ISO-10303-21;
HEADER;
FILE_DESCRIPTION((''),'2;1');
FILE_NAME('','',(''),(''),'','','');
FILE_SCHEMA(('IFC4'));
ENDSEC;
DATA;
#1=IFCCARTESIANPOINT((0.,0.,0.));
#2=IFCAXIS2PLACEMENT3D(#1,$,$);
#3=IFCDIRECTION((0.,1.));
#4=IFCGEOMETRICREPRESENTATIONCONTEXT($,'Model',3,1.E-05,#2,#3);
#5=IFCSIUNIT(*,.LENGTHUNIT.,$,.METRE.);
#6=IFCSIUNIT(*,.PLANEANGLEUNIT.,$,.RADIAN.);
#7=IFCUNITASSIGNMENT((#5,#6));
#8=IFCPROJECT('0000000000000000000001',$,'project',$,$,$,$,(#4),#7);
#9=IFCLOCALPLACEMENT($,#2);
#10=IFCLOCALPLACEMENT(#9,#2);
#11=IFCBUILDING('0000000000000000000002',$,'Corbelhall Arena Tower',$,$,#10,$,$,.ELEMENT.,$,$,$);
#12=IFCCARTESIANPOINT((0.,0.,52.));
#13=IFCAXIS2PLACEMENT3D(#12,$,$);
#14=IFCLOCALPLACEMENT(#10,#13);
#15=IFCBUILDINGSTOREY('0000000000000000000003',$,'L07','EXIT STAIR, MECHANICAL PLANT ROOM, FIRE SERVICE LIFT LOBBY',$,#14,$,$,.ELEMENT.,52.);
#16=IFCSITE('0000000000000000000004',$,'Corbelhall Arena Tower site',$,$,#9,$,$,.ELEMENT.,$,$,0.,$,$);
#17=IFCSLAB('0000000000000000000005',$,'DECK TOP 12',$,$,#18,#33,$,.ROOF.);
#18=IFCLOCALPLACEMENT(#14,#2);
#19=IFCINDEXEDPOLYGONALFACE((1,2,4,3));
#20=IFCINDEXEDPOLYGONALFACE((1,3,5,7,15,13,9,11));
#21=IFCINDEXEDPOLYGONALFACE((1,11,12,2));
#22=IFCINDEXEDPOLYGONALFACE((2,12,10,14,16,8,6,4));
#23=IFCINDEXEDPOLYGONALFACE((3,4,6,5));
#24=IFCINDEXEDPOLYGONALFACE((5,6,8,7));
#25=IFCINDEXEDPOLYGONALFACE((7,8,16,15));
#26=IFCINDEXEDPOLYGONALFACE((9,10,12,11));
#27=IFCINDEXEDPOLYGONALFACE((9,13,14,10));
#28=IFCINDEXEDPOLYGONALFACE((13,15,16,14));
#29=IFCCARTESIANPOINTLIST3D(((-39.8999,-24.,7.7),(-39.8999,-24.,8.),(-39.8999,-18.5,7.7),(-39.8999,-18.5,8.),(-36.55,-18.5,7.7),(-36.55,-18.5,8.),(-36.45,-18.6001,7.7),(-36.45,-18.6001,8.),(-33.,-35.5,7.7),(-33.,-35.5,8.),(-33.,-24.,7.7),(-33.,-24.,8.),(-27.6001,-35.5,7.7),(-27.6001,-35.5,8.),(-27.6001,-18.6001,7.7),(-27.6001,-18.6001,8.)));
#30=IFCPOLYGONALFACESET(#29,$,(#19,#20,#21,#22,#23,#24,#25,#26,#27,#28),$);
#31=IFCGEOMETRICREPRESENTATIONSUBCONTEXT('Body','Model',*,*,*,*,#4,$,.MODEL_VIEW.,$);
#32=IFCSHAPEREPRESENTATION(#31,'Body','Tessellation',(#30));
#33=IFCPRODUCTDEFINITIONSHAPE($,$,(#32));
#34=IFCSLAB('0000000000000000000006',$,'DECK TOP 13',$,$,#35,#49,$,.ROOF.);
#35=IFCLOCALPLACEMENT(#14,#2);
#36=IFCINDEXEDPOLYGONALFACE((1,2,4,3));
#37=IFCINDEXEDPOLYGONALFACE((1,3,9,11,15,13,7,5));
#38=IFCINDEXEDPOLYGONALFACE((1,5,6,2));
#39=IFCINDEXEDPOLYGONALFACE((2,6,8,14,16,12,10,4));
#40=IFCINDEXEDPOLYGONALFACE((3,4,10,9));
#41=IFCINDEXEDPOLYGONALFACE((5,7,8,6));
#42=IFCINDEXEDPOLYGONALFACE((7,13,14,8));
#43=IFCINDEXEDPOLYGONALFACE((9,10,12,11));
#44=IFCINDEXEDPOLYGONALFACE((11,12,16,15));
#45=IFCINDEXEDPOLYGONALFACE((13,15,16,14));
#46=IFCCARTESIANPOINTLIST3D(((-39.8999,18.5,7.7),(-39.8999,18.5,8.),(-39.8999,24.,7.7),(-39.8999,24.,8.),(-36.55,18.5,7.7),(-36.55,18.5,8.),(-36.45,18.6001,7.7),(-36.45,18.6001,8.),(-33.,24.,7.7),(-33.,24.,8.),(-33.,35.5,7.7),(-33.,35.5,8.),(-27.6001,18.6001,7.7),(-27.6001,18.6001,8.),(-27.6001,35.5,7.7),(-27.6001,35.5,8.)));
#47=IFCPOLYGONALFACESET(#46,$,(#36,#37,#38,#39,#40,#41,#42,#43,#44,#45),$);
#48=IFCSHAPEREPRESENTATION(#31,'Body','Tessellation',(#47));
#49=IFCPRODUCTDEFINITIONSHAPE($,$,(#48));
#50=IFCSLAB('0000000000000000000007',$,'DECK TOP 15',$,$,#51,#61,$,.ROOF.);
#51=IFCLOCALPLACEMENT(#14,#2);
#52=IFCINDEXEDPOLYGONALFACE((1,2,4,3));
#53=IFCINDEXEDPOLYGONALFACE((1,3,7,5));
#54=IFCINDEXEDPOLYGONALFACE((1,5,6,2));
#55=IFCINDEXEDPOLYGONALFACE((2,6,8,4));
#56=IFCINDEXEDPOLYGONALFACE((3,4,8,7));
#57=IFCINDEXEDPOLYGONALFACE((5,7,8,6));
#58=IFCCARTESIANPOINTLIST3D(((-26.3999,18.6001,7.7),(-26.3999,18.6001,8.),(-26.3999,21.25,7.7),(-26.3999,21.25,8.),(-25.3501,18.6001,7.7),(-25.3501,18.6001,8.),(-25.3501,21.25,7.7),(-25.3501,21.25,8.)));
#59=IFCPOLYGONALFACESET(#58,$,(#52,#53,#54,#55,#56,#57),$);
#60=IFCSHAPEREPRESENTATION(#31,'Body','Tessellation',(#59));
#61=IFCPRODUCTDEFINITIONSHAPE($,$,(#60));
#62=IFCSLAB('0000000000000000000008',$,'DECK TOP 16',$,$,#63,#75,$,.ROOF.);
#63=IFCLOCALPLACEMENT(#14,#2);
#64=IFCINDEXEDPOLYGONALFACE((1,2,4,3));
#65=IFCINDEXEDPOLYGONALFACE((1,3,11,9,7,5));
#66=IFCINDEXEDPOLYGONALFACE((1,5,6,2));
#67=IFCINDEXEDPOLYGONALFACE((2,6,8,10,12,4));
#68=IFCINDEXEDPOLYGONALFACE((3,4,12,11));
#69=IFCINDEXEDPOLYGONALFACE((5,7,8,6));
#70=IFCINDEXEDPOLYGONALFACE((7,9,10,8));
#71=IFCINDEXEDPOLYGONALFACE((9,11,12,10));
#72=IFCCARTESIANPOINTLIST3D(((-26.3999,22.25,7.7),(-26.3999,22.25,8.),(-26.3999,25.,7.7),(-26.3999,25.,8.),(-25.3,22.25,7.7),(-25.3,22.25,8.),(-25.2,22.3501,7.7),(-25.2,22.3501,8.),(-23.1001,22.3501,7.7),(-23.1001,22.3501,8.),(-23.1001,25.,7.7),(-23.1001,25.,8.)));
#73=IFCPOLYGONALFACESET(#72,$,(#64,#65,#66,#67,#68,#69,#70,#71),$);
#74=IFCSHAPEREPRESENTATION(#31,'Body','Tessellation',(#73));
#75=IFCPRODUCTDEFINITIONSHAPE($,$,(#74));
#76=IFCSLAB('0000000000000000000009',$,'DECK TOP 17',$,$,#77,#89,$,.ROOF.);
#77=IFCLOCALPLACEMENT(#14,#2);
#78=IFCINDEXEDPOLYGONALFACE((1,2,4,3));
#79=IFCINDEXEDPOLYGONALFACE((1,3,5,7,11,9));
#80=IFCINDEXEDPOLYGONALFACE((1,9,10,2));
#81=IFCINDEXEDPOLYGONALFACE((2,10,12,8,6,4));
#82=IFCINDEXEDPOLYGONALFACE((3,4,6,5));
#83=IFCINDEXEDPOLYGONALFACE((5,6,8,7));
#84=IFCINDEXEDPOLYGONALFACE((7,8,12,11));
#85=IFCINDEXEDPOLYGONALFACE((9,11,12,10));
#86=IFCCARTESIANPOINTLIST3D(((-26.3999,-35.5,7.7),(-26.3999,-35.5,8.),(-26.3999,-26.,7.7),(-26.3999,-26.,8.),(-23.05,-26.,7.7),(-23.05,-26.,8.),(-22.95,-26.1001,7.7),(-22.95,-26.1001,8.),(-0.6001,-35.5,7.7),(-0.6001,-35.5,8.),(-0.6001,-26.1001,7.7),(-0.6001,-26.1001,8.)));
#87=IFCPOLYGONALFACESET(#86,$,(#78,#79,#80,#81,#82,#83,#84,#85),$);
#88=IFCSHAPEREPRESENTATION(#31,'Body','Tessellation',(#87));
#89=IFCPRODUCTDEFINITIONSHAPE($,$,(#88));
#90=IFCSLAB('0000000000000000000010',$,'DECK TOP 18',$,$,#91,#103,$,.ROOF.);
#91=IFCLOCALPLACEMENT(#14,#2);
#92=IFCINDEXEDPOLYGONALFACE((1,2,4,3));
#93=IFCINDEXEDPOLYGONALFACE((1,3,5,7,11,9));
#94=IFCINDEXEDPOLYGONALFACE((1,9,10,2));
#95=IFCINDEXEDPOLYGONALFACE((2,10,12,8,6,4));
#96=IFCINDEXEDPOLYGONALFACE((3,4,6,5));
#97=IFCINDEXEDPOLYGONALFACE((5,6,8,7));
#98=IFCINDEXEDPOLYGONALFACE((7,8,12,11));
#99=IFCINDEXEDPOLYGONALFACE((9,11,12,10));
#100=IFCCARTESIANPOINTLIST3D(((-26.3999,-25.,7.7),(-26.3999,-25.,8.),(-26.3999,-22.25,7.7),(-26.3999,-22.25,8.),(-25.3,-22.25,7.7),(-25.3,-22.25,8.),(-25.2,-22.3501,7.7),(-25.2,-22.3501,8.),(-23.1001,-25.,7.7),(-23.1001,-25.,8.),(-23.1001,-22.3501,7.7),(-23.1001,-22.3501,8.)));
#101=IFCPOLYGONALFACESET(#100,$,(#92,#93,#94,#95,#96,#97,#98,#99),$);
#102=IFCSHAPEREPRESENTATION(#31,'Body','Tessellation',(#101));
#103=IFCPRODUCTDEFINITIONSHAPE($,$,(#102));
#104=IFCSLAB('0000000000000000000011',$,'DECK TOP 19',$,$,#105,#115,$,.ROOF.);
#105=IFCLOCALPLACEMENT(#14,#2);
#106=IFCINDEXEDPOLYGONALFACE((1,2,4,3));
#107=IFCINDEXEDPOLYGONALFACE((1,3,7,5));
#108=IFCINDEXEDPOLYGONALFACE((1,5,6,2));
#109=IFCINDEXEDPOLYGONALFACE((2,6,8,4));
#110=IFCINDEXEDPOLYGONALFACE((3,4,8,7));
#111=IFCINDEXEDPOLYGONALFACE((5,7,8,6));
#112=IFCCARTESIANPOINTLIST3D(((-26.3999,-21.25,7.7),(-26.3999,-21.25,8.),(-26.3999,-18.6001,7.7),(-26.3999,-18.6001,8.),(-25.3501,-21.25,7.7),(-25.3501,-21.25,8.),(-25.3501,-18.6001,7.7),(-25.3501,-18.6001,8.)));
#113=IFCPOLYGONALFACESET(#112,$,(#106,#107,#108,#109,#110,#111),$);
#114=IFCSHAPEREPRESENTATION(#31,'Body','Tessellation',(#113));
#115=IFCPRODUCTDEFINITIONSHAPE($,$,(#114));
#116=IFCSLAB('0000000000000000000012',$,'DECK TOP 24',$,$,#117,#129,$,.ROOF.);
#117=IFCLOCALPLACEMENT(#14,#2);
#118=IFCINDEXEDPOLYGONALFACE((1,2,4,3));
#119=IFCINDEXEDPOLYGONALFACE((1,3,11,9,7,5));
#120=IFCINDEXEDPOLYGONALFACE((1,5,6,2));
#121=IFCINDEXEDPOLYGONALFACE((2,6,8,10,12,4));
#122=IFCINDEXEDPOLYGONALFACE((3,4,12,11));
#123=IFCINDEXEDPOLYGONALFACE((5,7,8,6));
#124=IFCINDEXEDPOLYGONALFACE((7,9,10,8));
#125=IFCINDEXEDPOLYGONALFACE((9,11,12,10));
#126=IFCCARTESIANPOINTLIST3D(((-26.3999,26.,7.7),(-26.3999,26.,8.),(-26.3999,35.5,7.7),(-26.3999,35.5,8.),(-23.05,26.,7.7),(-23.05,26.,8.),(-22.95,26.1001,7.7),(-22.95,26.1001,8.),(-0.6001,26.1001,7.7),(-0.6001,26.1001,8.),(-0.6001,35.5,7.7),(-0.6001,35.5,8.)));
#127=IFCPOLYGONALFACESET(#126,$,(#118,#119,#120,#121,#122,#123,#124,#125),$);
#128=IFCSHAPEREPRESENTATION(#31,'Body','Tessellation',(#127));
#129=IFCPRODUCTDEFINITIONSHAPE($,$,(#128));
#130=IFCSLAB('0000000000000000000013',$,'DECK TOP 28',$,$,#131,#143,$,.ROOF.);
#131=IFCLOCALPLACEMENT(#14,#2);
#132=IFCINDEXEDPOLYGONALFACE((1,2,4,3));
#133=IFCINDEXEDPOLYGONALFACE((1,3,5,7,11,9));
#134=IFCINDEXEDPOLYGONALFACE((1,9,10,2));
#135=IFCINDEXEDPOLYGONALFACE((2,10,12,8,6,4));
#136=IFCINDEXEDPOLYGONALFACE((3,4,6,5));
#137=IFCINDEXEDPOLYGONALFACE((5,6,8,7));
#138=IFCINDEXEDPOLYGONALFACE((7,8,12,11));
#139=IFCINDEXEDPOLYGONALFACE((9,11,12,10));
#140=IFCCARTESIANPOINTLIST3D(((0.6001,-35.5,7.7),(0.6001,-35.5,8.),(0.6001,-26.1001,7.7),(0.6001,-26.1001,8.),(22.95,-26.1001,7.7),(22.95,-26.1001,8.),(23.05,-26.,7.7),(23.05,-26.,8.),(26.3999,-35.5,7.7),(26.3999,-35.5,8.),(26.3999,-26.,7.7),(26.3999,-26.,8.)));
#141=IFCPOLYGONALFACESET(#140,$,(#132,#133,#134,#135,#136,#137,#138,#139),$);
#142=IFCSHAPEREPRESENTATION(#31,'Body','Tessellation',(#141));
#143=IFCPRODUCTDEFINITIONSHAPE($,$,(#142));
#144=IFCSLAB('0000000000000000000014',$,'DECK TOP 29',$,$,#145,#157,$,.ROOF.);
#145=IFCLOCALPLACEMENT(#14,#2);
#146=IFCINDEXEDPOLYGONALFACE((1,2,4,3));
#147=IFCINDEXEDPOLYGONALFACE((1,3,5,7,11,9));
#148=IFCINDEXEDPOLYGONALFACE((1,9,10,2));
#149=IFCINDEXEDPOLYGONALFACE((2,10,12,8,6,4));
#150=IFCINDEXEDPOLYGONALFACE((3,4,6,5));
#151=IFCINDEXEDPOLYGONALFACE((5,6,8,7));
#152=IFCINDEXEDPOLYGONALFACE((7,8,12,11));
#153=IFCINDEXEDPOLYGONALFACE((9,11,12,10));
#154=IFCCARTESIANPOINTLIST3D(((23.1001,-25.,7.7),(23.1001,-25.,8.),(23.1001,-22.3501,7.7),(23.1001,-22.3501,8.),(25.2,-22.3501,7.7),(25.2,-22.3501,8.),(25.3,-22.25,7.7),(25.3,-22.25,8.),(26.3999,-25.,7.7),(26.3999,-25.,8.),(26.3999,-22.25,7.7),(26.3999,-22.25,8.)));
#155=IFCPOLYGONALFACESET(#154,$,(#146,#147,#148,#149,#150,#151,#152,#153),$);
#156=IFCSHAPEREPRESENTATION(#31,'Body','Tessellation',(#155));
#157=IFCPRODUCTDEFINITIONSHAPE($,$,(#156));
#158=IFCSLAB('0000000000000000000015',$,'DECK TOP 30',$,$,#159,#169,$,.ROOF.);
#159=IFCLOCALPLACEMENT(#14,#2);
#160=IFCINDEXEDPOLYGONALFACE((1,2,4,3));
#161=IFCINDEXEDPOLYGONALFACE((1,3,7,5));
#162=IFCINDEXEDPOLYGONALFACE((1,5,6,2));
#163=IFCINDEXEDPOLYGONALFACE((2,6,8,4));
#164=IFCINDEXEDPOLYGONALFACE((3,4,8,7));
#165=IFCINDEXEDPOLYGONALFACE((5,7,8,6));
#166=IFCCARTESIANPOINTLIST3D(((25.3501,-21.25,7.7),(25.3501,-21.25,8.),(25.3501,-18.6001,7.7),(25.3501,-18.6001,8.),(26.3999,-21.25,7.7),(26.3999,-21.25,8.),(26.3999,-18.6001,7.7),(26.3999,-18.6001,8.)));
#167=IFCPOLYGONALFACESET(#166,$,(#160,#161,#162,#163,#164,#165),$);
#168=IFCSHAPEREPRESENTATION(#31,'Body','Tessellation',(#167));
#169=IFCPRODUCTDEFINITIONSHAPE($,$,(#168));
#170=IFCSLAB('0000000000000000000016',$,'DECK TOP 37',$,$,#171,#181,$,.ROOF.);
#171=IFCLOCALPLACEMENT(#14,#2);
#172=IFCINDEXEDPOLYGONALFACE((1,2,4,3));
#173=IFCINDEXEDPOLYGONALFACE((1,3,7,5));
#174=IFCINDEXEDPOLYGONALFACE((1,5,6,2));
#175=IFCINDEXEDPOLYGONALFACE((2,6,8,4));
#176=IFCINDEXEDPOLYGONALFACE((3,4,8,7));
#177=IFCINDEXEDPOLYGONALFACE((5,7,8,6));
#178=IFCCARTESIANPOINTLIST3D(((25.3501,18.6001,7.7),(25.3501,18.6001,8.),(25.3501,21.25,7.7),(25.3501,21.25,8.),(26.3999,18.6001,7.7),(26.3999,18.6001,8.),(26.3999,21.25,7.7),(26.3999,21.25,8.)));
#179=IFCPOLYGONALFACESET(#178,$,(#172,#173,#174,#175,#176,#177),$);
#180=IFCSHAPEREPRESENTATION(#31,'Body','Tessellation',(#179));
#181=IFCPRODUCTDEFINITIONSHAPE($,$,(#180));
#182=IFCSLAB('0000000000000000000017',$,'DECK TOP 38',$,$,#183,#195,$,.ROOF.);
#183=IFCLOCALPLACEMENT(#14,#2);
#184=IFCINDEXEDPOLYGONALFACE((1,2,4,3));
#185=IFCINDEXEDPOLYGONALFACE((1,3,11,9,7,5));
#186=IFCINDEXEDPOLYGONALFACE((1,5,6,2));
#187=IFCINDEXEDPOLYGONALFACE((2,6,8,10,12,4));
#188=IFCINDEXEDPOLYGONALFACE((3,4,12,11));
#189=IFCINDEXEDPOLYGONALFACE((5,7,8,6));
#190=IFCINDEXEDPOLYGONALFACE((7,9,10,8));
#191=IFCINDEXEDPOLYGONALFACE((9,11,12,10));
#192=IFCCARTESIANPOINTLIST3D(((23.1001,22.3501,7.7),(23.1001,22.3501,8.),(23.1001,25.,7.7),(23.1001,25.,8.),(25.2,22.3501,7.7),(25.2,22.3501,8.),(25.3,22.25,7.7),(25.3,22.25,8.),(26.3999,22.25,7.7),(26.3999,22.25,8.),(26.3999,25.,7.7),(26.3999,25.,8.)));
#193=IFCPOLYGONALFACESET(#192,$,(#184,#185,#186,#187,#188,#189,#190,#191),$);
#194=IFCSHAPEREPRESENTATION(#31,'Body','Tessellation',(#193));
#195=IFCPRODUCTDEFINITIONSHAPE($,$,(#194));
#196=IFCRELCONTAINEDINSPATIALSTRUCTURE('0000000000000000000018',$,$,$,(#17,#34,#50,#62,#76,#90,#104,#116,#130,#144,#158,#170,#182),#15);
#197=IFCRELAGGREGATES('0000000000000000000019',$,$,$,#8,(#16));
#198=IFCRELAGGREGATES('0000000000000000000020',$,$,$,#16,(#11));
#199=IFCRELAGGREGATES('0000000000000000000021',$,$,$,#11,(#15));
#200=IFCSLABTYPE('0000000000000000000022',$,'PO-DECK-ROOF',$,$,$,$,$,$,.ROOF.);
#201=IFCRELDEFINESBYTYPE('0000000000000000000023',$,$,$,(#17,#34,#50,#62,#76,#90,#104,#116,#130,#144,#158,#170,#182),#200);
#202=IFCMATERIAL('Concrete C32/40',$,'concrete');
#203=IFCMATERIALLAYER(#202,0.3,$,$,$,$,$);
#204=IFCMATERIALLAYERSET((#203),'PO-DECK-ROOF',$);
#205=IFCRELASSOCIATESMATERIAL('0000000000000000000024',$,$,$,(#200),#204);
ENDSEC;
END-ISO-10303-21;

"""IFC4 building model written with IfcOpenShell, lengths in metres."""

from ifc_helpers import new_model, si_unit, direction, frame, origin, place, context, subcontext, project, spatial, polyline, outline, extrude, material, layer, layer_set, type_object, element, save


model = new_model("IFC4")

# Units and contexts
model_context = context("Model", 3, precision=1e-05, world=origin(), true_north=direction((0.0, 1.0)))
body_context = subcontext(model_context, "Body", "Model", "MODEL_VIEW")
ifc_project = project(units=[si_unit("LENGTHUNIT", "METRE"), si_unit("PLANEANGLEUNIT", "RADIAN")], contexts=[model_context])

# Site, building, storey
site_placement = place(None, origin())
site = spatial("IfcSite", under=ifc_project, at=site_placement, Name="Corbelhall Arena Tower site", CompositionType="ELEMENT", RefElevation=0.0)
building_placement = place(site_placement, origin())
building = spatial("IfcBuilding", under=site, at=building_placement, Name="Corbelhall Arena Tower", CompositionType="ELEMENT")
storey_placement = place(building_placement, frame((0.0, 0.0, 52.0)))
storey = spatial("IfcBuildingStorey", under=building, at=storey_placement, Name="L07", Description="EXIT STAIR, MECHANICAL PLANT ROOM, FIRE SERVICE LIFT LOBBY", CompositionType="ELEMENT", Elevation=52.0)

# Slabs
ifc_material = material(Name="Concrete C32/40", Category="concrete")
ifc_layer_1 = layer(ifc_material, 0.3)
ifc_layer_set_1 = layer_set([ifc_layer_1], Name="PO-DECK-ROOF")
slab_type_1 = type_object("IfcSlabType", Name="PO-DECK-ROOF", PredefinedType="ROOF", material=ifc_layer_set_1)
slab_1_placement = place(storey_placement, frame((0.0, 0.0, 7.7)))
element("IfcSlab", 1, at=slab_1_placement, inside=storey, type_object=slab_type_1, Name="DECK TOP 12", PredefinedType="ROOF", context=body_context, shape_type="SweptSolid", body=[
    extrude(outline(polyline([(-27.6001, -35.5), (-33.0, -35.5), (-33.0, -24.0), (-39.8999, -24.0), (-39.8999, -18.5), (-36.55, -18.5), (-36.45, -18.6001), (-27.6001, -18.6001), (-27.6001, -35.5)])), origin(), (0.0, 0.0, 1.0), 0.3),
])
slab_2_placement = place(storey_placement, frame((0.0, 0.0, 7.7)))
element("IfcSlab", 2, at=slab_2_placement, inside=storey, type_object=slab_type_1, Name="DECK TOP 13", PredefinedType="ROOF", context=body_context, shape_type="SweptSolid", body=[
    extrude(outline(polyline([(-27.6001, 35.5), (-27.6001, 18.6001), (-36.45, 18.6001), (-36.55, 18.5), (-39.8999, 18.5), (-39.8999, 24.0), (-33.0, 24.0), (-33.0, 35.5), (-27.6001, 35.5)])), origin(), (0.0, 0.0, 1.0), 0.3),
])
slab_3_placement = place(storey_placement, frame((0.0, 0.0, 7.7)))
element("IfcSlab", 3, at=slab_3_placement, inside=storey, type_object=slab_type_1, Name="DECK TOP 15", PredefinedType="ROOF", context=body_context, shape_type="SweptSolid", body=[
    extrude(outline(polyline([(-26.3999, 21.25), (-25.3501, 21.25), (-25.3501, 18.6001), (-26.3999, 18.6001), (-26.3999, 21.25)])), origin(), (0.0, 0.0, 1.0), 0.3),
])
slab_4_placement = place(storey_placement, frame((0.0, 0.0, 7.7)))
element("IfcSlab", 4, at=slab_4_placement, inside=storey, type_object=slab_type_1, Name="DECK TOP 16", PredefinedType="ROOF", context=body_context, shape_type="SweptSolid", body=[
    extrude(outline(polyline([(-23.1001, 25.0), (-23.1001, 22.3501), (-25.2, 22.3501), (-25.3, 22.25), (-26.3999, 22.25), (-26.3999, 25.0), (-23.1001, 25.0)])), origin(), (0.0, 0.0, 1.0), 0.3),
])
slab_5_placement = place(storey_placement, frame((0.0, 0.0, 7.7)))
element("IfcSlab", 5, at=slab_5_placement, inside=storey, type_object=slab_type_1, Name="DECK TOP 17", PredefinedType="ROOF", context=body_context, shape_type="SweptSolid", body=[
    extrude(outline(polyline([(-0.6001, -35.5), (-26.3999, -35.5), (-26.3999, -26.0), (-23.05, -26.0), (-22.95, -26.1001), (-0.6001, -26.1001), (-0.6001, -35.5)])), origin(), (0.0, 0.0, 1.0), 0.3),
])
slab_6_placement = place(storey_placement, frame((0.0, 0.0, 7.7)))
element("IfcSlab", 6, at=slab_6_placement, inside=storey, type_object=slab_type_1, Name="DECK TOP 18", PredefinedType="ROOF", context=body_context, shape_type="SweptSolid", body=[
    extrude(outline(polyline([(-26.3999, -25.0), (-26.3999, -22.25), (-25.3, -22.25), (-25.2, -22.3501), (-23.1001, -22.3501), (-23.1001, -25.0), (-26.3999, -25.0)])), origin(), (0.0, 0.0, 1.0), 0.3),
])
slab_7_placement = place(storey_placement, frame((0.0, 0.0, 7.7)))
element("IfcSlab", 7, at=slab_7_placement, inside=storey, type_object=slab_type_1, Name="DECK TOP 19", PredefinedType="ROOF", context=body_context, shape_type="SweptSolid", body=[
    extrude(outline(polyline([(-26.3999, -21.25), (-26.3999, -18.6001), (-25.3501, -18.6001), (-25.3501, -21.25), (-26.3999, -21.25)])), origin(), (0.0, 0.0, 1.0), 0.3),
])
slab_8_placement = place(storey_placement, frame((0.0, 0.0, 7.7)))
element("IfcSlab", 8, at=slab_8_placement, inside=storey, type_object=slab_type_1, Name="DECK TOP 24", PredefinedType="ROOF", context=body_context, shape_type="SweptSolid", body=[
    extrude(outline(polyline([(-0.6001, 35.5), (-0.6001, 26.1001), (-22.95, 26.1001), (-23.05, 26.0), (-26.3999, 26.0), (-26.3999, 35.5), (-0.6001, 35.5)])), origin(), (0.0, 0.0, 1.0), 0.3),
])
slab_9_placement = place(storey_placement, frame((0.0, 0.0, 7.7)))
element("IfcSlab", 9, at=slab_9_placement, inside=storey, type_object=slab_type_1, Name="DECK TOP 28", PredefinedType="ROOF", context=body_context, shape_type="SweptSolid", body=[
    extrude(outline(polyline([(0.6001, -26.1001), (22.95, -26.1001), (23.05, -26.0), (26.3999, -26.0), (26.3999, -35.5), (0.6001, -35.5), (0.6001, -26.1001)])), origin(), (0.0, 0.0, 1.0), 0.3),
])
slab_10_placement = place(storey_placement, frame((0.0, 0.0, 7.7)))
element("IfcSlab", 10, at=slab_10_placement, inside=storey, type_object=slab_type_1, Name="DECK TOP 29", PredefinedType="ROOF", context=body_context, shape_type="SweptSolid", body=[
    extrude(outline(polyline([(26.3999, -22.25), (26.3999, -25.0), (23.1001, -25.0), (23.1001, -22.3501), (25.2, -22.3501), (25.3, -22.25), (26.3999, -22.25)])), origin(), (0.0, 0.0, 1.0), 0.3),
])
slab_11_placement = place(storey_placement, frame((0.0, 0.0, 7.7)))
element("IfcSlab", 11, at=slab_11_placement, inside=storey, type_object=slab_type_1, Name="DECK TOP 30", PredefinedType="ROOF", context=body_context, shape_type="SweptSolid", body=[
    extrude(outline(polyline([(26.3999, -21.25), (25.3501, -21.25), (25.3501, -18.6001), (26.3999, -18.6001), (26.3999, -21.25)])), origin(), (0.0, 0.0, 1.0), 0.3),
])
slab_12_placement = place(storey_placement, frame((0.0, 0.0, 7.7)))
element("IfcSlab", 12, at=slab_12_placement, inside=storey, type_object=slab_type_1, Name="DECK TOP 37", PredefinedType="ROOF", context=body_context, shape_type="SweptSolid", body=[
    extrude(outline(polyline([(26.3999, 21.25), (26.3999, 18.6001), (25.3501, 18.6001), (25.3501, 21.25), (26.3999, 21.25)])), origin(), (0.0, 0.0, 1.0), 0.3),
])
slab_13_placement = place(storey_placement, frame((0.0, 0.0, 7.7)))
element("IfcSlab", 13, at=slab_13_placement, inside=storey, type_object=slab_type_1, Name="DECK TOP 38", PredefinedType="ROOF", context=body_context, shape_type="SweptSolid", body=[
    extrude(outline(polyline([(26.3999, 25.0), (26.3999, 22.25), (25.3, 22.25), (25.2, 22.3501), (23.1001, 22.3501), (23.1001, 25.0), (26.3999, 25.0)])), origin(), (0.0, 0.0, 1.0), 0.3),
])

save(model, "model.ifc")
